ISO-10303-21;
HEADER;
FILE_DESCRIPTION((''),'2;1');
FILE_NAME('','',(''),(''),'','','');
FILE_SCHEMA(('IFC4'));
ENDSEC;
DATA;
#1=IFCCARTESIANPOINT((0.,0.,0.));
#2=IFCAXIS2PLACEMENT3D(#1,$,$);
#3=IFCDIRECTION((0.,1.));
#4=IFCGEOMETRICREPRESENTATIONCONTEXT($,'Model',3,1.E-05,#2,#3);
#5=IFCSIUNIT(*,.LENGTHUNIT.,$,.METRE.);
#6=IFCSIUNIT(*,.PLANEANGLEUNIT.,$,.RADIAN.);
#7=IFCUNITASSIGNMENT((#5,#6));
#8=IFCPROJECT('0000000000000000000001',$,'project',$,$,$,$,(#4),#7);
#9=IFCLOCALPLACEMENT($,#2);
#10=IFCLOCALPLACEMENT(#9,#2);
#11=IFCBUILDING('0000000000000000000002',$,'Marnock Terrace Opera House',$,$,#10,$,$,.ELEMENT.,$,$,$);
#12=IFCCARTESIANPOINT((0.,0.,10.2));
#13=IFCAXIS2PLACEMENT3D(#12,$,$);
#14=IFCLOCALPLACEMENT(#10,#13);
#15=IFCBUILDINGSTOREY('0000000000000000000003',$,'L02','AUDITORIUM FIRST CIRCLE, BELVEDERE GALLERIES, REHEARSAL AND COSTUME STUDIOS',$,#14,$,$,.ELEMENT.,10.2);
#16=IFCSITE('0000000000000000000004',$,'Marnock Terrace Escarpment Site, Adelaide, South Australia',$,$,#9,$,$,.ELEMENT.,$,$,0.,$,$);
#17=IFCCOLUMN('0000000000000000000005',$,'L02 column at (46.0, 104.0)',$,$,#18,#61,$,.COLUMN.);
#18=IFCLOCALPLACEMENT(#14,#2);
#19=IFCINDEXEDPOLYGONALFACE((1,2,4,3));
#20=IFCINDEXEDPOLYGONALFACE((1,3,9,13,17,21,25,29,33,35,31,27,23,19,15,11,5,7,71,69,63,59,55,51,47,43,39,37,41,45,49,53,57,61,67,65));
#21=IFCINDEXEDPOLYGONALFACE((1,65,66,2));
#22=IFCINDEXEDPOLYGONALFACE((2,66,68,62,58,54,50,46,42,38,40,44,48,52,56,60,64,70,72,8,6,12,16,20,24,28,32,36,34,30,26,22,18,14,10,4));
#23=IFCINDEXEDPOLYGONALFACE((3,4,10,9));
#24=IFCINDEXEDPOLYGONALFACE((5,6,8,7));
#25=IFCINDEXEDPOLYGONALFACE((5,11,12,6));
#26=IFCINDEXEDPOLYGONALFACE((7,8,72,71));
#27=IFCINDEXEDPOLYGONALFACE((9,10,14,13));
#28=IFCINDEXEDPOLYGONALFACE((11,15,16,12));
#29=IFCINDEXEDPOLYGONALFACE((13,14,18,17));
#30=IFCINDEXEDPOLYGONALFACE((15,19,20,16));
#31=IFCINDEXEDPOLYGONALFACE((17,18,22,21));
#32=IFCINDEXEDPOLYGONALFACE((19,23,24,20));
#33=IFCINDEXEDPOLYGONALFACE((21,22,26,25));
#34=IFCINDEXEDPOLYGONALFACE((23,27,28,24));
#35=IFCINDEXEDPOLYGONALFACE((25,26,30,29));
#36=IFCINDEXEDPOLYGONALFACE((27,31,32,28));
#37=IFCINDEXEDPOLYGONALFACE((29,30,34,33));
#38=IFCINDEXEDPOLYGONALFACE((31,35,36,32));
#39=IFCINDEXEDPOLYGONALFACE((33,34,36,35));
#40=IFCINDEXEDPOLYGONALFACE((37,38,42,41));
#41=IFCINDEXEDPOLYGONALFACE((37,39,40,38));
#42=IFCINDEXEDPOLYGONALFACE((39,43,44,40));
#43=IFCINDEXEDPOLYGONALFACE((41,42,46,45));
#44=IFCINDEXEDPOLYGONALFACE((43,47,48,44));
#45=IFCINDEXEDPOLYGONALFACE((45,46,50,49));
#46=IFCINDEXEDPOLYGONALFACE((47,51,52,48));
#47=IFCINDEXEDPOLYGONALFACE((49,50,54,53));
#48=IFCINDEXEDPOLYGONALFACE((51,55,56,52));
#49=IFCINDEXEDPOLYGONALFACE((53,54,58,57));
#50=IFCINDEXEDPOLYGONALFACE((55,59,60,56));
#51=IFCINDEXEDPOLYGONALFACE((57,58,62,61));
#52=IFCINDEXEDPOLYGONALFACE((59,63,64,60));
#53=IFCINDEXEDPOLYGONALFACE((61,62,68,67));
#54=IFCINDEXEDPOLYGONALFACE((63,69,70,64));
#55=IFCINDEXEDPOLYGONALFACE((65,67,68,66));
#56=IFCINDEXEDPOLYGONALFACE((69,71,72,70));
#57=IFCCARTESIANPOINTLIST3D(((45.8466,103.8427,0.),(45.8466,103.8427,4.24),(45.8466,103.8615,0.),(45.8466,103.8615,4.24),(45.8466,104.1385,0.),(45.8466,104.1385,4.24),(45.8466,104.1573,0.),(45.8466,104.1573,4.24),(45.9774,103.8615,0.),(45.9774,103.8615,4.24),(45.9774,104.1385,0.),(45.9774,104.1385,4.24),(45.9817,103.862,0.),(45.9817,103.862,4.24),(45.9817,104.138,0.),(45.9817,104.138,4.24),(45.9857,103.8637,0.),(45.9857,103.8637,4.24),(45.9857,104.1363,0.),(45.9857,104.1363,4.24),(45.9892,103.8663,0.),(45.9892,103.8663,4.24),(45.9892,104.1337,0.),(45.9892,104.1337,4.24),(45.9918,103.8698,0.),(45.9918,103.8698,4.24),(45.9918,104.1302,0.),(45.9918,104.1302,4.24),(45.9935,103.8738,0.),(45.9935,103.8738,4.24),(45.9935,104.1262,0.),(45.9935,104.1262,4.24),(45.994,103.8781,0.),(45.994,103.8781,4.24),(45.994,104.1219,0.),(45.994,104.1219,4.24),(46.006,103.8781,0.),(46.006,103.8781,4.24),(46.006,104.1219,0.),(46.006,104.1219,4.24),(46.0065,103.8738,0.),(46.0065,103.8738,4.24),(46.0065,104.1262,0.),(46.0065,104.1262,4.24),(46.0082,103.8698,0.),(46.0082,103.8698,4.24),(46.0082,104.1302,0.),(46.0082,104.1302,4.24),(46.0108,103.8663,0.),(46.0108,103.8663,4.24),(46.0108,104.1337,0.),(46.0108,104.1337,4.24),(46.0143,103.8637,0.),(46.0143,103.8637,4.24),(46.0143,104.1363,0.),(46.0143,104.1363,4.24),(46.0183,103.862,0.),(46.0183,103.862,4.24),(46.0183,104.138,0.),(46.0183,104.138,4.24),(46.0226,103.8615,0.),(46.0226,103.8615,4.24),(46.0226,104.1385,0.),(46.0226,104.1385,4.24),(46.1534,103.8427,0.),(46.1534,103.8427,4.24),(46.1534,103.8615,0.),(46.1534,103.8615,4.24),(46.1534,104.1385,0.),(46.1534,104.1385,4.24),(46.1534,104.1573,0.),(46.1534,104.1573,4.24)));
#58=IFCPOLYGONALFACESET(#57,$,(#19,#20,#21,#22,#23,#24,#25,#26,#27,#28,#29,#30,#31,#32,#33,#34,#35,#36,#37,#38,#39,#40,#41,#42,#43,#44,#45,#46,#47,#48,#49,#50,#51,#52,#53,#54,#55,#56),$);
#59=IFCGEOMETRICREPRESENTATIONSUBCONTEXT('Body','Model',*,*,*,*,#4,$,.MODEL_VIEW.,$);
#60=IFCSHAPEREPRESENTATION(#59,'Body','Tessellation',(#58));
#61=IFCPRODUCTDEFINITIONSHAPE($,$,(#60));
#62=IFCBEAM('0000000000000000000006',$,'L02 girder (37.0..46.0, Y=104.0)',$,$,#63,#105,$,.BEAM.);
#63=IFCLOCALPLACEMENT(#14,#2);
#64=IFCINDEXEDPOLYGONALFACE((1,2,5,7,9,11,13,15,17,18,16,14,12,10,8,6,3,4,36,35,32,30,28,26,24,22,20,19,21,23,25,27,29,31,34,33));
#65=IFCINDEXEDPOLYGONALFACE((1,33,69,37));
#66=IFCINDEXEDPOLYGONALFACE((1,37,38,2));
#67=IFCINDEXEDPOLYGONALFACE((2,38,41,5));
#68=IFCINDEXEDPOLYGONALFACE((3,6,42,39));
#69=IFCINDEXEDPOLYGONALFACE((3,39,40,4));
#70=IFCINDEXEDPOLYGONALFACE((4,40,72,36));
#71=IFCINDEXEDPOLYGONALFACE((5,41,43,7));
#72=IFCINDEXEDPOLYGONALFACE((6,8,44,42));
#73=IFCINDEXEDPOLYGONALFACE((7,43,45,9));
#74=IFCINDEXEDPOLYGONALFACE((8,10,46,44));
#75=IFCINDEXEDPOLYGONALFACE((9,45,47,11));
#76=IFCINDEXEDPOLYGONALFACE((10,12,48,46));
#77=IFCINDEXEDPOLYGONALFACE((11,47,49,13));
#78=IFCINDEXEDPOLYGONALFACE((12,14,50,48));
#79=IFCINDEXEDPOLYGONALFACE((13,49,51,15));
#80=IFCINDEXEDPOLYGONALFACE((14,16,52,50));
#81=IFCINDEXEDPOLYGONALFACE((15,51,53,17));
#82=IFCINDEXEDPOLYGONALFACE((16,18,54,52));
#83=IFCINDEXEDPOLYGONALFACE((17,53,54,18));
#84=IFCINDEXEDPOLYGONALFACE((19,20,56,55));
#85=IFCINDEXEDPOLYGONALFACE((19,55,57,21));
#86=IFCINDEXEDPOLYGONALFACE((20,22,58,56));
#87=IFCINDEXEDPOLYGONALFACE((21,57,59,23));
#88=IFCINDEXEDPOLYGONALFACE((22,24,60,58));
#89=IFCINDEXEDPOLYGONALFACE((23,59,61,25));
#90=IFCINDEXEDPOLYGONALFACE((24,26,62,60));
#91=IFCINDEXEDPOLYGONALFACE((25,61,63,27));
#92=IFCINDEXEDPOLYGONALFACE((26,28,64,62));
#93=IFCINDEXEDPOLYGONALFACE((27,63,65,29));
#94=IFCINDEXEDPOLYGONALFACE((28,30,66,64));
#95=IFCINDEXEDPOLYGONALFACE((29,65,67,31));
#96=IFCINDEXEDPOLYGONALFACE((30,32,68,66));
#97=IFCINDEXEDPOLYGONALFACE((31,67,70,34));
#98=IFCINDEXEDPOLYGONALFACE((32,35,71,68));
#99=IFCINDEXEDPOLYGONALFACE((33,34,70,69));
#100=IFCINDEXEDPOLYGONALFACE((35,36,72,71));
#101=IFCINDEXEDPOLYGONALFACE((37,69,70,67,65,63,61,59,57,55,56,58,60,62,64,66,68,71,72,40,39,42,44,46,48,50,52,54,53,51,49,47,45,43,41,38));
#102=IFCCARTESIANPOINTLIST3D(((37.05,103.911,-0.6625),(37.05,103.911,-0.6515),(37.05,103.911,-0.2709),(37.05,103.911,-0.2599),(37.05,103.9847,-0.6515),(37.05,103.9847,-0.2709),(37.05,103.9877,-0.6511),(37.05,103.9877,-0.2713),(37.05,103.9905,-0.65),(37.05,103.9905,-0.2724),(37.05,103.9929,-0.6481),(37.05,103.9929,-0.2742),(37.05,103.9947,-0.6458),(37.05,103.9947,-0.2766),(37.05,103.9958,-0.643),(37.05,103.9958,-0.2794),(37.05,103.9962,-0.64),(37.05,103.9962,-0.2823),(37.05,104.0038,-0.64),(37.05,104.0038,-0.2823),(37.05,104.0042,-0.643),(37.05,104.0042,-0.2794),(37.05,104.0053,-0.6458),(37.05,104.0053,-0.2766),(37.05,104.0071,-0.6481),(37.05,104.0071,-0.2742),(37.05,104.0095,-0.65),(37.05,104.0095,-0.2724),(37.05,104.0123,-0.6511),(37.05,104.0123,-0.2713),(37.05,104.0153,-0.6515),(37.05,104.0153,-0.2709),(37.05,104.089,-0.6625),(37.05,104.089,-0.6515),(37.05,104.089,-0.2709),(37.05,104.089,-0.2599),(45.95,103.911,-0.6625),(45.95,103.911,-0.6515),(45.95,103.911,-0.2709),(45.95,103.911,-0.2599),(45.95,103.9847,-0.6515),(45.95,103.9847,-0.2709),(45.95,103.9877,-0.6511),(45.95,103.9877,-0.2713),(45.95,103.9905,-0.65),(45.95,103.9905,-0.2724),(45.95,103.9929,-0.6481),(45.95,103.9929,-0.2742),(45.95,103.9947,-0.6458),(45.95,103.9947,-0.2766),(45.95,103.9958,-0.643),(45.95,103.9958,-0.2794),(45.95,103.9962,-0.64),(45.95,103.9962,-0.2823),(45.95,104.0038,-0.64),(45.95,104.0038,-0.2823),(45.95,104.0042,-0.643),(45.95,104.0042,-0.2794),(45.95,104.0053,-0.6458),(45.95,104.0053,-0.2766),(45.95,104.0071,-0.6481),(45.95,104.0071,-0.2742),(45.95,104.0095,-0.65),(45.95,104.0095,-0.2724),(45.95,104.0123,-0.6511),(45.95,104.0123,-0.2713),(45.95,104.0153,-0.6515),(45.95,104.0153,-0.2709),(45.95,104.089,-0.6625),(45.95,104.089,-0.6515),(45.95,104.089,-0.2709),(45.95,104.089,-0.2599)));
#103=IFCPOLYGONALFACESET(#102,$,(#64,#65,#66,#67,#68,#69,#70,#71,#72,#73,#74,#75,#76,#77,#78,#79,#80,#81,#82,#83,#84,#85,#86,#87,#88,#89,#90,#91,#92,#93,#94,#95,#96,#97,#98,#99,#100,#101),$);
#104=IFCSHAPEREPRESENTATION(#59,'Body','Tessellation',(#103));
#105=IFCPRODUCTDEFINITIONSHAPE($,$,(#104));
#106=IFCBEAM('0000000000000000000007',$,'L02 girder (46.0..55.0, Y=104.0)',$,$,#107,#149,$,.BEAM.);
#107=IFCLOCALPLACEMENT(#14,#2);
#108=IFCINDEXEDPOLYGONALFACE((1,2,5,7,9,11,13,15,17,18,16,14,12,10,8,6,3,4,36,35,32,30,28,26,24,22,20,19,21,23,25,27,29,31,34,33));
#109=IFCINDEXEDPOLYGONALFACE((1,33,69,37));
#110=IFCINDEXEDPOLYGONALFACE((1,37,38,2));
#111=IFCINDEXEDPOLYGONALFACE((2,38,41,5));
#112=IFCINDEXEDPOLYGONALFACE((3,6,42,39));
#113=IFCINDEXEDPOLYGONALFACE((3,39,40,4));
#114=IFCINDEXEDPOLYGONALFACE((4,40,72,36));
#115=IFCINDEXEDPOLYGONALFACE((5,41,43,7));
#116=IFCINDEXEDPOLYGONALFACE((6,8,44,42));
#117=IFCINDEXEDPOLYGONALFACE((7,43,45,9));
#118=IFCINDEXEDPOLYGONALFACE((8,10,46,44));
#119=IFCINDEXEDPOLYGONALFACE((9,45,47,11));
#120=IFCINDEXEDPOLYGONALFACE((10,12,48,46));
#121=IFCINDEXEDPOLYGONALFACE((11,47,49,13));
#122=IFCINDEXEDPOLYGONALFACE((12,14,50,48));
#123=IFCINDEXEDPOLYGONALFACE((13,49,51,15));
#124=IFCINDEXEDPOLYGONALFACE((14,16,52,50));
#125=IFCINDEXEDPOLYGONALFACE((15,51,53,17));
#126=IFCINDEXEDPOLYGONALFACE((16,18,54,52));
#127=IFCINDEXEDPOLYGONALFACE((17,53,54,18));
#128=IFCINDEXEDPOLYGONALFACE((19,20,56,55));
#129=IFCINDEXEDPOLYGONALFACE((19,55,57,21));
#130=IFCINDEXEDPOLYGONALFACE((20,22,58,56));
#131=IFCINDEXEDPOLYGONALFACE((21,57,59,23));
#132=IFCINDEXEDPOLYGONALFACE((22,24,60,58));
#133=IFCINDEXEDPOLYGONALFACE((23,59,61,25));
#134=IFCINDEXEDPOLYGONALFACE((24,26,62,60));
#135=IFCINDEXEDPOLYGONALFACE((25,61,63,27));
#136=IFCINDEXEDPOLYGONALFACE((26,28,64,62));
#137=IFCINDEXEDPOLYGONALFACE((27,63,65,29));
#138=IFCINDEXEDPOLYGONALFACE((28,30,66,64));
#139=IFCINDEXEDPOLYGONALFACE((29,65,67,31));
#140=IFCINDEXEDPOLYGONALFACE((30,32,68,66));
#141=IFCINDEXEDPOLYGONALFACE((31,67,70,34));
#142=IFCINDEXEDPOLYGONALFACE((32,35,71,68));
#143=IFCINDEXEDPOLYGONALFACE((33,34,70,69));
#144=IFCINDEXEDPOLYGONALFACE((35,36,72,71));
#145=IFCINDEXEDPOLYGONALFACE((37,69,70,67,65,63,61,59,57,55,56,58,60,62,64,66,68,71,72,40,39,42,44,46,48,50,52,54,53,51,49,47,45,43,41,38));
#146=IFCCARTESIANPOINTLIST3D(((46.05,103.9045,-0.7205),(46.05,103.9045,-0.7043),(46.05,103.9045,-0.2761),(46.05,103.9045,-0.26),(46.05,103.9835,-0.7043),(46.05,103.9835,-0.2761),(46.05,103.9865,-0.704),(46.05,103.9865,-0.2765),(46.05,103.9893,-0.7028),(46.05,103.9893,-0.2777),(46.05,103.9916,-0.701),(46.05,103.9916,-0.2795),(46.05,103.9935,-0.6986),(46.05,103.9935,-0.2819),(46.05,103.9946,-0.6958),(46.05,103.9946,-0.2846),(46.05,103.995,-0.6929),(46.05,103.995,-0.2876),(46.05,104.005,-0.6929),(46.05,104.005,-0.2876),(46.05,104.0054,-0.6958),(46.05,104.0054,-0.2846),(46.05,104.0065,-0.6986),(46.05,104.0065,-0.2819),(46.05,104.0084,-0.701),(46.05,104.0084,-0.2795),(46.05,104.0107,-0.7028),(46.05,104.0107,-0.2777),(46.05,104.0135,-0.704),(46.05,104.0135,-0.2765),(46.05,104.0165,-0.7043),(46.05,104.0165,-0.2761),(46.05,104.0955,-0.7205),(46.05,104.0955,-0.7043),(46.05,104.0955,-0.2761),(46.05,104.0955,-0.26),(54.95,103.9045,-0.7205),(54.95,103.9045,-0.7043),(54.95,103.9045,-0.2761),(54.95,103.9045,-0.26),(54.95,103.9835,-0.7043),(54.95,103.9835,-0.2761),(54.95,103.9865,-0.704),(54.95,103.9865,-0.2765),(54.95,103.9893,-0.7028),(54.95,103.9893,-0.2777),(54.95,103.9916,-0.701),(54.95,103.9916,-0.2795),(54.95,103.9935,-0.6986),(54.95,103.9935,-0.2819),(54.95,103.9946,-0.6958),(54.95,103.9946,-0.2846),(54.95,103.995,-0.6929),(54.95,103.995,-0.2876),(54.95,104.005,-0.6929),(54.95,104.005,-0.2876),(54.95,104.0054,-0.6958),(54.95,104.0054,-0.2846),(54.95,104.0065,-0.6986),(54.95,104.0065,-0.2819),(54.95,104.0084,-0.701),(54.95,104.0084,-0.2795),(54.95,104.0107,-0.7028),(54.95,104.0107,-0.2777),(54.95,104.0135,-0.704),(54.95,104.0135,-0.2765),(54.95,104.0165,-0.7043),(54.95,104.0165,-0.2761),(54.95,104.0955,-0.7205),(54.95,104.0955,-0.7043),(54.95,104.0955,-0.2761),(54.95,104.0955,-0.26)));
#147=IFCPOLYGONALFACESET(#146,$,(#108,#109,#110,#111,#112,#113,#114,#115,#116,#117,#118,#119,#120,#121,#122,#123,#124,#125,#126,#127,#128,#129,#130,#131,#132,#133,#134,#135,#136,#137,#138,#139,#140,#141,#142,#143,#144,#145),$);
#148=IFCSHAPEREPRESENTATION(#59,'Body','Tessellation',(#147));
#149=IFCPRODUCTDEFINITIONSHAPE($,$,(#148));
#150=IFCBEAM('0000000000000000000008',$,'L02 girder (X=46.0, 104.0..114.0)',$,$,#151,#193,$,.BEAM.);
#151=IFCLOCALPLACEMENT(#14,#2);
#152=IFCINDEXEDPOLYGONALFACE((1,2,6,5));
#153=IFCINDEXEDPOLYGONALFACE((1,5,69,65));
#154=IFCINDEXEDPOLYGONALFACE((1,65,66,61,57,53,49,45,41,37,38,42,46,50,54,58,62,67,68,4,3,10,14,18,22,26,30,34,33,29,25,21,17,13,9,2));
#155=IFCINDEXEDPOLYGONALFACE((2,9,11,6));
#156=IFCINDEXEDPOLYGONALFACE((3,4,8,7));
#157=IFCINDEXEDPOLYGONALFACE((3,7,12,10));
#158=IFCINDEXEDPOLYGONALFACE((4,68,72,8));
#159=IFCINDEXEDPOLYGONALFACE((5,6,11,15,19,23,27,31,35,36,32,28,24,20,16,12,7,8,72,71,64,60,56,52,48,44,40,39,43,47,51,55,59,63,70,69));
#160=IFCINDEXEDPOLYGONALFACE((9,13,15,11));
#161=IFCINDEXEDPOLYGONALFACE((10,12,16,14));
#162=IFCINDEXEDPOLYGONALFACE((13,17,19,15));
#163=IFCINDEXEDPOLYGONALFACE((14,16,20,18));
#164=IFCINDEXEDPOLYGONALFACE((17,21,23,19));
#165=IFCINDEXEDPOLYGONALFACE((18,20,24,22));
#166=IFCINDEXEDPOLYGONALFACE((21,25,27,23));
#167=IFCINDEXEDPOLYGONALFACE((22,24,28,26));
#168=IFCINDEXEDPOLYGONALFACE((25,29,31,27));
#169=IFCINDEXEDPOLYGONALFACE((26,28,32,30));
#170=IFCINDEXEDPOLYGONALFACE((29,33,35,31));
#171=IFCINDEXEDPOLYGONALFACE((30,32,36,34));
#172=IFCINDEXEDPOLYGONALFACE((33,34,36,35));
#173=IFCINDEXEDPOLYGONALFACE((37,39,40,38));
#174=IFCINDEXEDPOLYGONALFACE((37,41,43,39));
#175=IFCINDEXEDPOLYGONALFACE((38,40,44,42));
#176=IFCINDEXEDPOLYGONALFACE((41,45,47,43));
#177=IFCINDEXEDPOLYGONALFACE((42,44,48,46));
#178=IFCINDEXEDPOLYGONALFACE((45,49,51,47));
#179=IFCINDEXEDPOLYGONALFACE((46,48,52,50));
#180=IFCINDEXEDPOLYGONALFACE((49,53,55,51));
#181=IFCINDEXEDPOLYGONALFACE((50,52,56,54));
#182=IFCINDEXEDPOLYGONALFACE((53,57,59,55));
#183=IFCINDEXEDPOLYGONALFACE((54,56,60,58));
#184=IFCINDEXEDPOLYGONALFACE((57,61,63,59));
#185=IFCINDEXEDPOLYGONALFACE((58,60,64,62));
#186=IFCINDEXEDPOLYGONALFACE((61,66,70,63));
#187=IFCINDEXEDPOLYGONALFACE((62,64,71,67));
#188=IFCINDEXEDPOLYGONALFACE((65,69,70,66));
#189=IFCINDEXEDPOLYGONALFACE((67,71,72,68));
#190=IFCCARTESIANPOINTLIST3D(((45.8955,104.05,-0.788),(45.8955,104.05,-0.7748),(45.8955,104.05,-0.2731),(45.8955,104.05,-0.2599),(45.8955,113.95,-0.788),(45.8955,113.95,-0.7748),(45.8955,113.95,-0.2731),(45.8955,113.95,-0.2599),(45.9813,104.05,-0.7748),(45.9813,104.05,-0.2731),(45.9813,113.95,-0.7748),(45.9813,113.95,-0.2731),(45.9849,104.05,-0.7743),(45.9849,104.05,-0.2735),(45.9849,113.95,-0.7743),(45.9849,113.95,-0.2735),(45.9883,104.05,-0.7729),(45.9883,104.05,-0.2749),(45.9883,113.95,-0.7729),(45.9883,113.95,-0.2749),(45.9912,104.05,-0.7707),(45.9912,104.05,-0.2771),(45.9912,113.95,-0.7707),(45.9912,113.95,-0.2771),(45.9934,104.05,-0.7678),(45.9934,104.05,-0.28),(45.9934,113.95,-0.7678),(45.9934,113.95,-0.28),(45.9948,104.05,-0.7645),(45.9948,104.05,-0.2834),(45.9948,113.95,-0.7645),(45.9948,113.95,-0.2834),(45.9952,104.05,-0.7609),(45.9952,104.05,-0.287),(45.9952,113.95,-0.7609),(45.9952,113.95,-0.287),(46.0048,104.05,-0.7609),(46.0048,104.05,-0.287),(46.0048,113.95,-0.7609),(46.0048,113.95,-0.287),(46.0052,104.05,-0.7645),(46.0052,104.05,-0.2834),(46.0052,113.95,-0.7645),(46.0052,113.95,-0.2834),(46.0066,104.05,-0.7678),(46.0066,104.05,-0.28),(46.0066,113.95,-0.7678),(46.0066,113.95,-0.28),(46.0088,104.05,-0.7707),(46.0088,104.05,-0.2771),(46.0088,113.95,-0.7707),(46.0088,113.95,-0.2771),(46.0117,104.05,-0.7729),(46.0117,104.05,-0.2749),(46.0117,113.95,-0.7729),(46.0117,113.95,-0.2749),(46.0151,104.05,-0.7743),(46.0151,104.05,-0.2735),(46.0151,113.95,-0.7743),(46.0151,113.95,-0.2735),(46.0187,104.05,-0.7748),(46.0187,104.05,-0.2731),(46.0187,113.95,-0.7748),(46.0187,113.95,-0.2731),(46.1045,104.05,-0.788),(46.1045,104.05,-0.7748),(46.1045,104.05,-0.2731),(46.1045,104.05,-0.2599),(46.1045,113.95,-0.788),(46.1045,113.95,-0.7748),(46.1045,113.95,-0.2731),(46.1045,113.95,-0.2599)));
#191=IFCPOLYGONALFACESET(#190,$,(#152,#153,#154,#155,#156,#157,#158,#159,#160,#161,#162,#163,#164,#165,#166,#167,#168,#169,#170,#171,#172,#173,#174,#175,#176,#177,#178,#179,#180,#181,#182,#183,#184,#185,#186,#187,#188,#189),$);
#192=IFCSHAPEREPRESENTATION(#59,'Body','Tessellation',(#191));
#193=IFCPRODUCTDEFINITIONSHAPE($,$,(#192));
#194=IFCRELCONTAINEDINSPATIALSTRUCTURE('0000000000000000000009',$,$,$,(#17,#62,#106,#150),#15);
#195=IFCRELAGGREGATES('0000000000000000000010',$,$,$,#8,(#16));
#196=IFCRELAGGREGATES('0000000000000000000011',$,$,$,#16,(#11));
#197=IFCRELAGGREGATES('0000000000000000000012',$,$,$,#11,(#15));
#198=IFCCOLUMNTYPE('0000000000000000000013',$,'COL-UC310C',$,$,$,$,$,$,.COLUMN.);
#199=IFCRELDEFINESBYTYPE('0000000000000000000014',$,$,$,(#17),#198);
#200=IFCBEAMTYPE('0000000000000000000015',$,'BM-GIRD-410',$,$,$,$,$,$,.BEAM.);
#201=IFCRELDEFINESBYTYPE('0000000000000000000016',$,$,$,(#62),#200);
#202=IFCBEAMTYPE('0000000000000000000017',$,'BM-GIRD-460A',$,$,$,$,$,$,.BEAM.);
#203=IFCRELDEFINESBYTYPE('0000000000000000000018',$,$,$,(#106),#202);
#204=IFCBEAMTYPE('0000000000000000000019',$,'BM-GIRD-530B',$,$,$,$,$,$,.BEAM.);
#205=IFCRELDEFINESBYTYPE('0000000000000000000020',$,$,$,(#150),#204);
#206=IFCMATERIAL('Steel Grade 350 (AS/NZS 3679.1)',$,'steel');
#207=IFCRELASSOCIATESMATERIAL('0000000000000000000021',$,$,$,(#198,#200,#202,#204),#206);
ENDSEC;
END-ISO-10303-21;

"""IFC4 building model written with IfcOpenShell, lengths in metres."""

from ifc_helpers import new_model, si_unit, direction, frame, origin, origin_2d, place, context, subcontext, project, spatial, i_section, extrude, material, material_profile, profile_set, type_object, element, save


model = new_model("IFC4")

# Units and contexts
model_context = context("Model", 3, precision=1e-05, world=origin(), true_north=direction((0.0, 1.0)))
body_context = subcontext(model_context, "Body", "Model", "MODEL_VIEW")
ifc_project = project(units=[si_unit("LENGTHUNIT", "METRE"), si_unit("PLANEANGLEUNIT", "RADIAN")], contexts=[model_context])

# Site, building, storey
site_placement = place(None, origin())
site = spatial("IfcSite", under=ifc_project, at=site_placement, Name="Marnock Terrace Escarpment Site, Adelaide, South Australia", CompositionType="ELEMENT", RefElevation=0.0)
building_placement = place(site_placement, origin())
building = spatial("IfcBuilding", under=site, at=building_placement, Name="Marnock Terrace Opera House", CompositionType="ELEMENT")
storey_placement = place(building_placement, frame((0.0, 0.0, 10.2)))
storey = spatial("IfcBuildingStorey", under=building, at=storey_placement, Name="L02", Description="AUDITORIUM FIRST CIRCLE, BELVEDERE GALLERIES, REHEARSAL AND COSTUME STUDIOS", CompositionType="ELEMENT", Elevation=10.2)

# Column
ifc_material_1 = material(Name="Steel Grade 350 (AS/NZS 3679.1)", Category="steel")
ifc_material_profile_1 = material_profile(ifc_material_1, i_section(OverallWidth=0.3069, OverallDepth=0.3147, WebThickness=0.012, FlangeThickness=0.0188, FilletRadius=0.0166, at=origin_2d()))
ifc_profile_set_1 = profile_set([ifc_material_profile_1], Name="Steel Grade 350 (AS/NZS 3679.1)")
column_type = type_object("IfcColumnType", Name="COL-UC310C", PredefinedType="COLUMN", material=ifc_profile_set_1)
column_placement = place(storey_placement, frame((46.0, 104.0, 0.0), z_axis=(0.0, 0.0, 1.0), x_axis=(1.0, 0.0, 0.0)))
element("IfcColumn", 1, at=column_placement, inside=storey, type_object=column_type, Name="L02 column at (46.0, 104.0)", PredefinedType="COLUMN", context=body_context, shape_type="SweptSolid", body=[
    extrude(i_section(OverallWidth=0.3069, OverallDepth=0.3147, WebThickness=0.012, FlangeThickness=0.0188, FilletRadius=0.0166, at=origin_2d()), origin(), (0.0, 0.0, 1.0), 4.24),
])

# Beams
ifc_material_profile_2 = material_profile(ifc_material_1, i_section(OverallWidth=0.178, OverallDepth=0.4026, WebThickness=0.0076, FlangeThickness=0.011, FilletRadius=0.0115, at=origin_2d()))
ifc_profile_set_2 = profile_set([ifc_material_profile_2], Name="Steel Grade 350 (AS/NZS 3679.1)")
beam_type_1 = type_object("IfcBeamType", Name="BM-GIRD-410", PredefinedType="BEAM", material=ifc_profile_set_2)
beam_1_placement = place(storey_placement, frame((37.05, 104.0, -0.4612), z_axis=(1.0, 0.0, 0.0), x_axis=(0.0, 1.0, 0.0)))
element("IfcBeam", 2, at=beam_1_placement, inside=storey, type_object=beam_type_1, Name="L02 girder (37.0..46.0, Y=104.0)", PredefinedType="BEAM", context=body_context, shape_type="SweptSolid", body=[
    extrude(i_section(OverallWidth=0.178, OverallDepth=0.4026, WebThickness=0.0076, FlangeThickness=0.011, FilletRadius=0.0115, at=origin_2d()), origin(), (0.0, 0.0, 1.0), 8.8999),
])
ifc_material_profile_3 = material_profile(ifc_material_1, i_section(OverallWidth=0.1909, OverallDepth=0.4604, WebThickness=0.01, FlangeThickness=0.0161, FilletRadius=0.0115, at=origin_2d()))
ifc_profile_set_3 = profile_set([ifc_material_profile_3], Name="Steel Grade 350 (AS/NZS 3679.1)")
beam_type_2 = type_object("IfcBeamType", Name="BM-GIRD-460A", PredefinedType="BEAM", material=ifc_profile_set_3)
beam_2_placement = place(storey_placement, frame((46.05, 104.0, -0.4902), z_axis=(1.0, 0.0, 0.0), x_axis=(0.0, 1.0, 0.0)))
element("IfcBeam", 3, at=beam_2_placement, inside=storey, type_object=beam_type_2, Name="L02 girder (46.0..55.0, Y=104.0)", PredefinedType="BEAM", context=body_context, shape_type="SweptSolid", body=[
    extrude(i_section(OverallWidth=0.1909, OverallDepth=0.4604, WebThickness=0.01, FlangeThickness=0.0161, FilletRadius=0.0115, at=origin_2d()), origin(), (0.0, 0.0, 1.0), 8.8999),
])
ifc_material_profile_4 = material_profile(ifc_material_1, i_section(OverallWidth=0.209, OverallDepth=0.5281, WebThickness=0.0095, FlangeThickness=0.0132, FilletRadius=0.0139, at=origin_2d()))
ifc_profile_set_4 = profile_set([ifc_material_profile_4], Name="Steel Grade 350 (AS/NZS 3679.1)")
beam_type_3 = type_object("IfcBeamType", Name="BM-GIRD-530B", PredefinedType="BEAM", material=ifc_profile_set_4)
beam_3_placement = place(storey_placement, frame((46.0, 104.05, -0.5239), z_axis=(0.0, 1.0, 0.0), x_axis=(-1.0, 0.0, 0.0)))
element("IfcBeam", 4, at=beam_3_placement, inside=storey, type_object=beam_type_3, Name="L02 girder (X=46.0, 104.0..114.0)", PredefinedType="BEAM", context=body_context, shape_type="SweptSolid", body=[
    extrude(i_section(OverallWidth=0.209, OverallDepth=0.5281, WebThickness=0.0095, FlangeThickness=0.0132, FilletRadius=0.0139, at=origin_2d()), origin(), (0.0, 0.0, 1.0), 9.8999),
])

save(model, "model.ifc")
